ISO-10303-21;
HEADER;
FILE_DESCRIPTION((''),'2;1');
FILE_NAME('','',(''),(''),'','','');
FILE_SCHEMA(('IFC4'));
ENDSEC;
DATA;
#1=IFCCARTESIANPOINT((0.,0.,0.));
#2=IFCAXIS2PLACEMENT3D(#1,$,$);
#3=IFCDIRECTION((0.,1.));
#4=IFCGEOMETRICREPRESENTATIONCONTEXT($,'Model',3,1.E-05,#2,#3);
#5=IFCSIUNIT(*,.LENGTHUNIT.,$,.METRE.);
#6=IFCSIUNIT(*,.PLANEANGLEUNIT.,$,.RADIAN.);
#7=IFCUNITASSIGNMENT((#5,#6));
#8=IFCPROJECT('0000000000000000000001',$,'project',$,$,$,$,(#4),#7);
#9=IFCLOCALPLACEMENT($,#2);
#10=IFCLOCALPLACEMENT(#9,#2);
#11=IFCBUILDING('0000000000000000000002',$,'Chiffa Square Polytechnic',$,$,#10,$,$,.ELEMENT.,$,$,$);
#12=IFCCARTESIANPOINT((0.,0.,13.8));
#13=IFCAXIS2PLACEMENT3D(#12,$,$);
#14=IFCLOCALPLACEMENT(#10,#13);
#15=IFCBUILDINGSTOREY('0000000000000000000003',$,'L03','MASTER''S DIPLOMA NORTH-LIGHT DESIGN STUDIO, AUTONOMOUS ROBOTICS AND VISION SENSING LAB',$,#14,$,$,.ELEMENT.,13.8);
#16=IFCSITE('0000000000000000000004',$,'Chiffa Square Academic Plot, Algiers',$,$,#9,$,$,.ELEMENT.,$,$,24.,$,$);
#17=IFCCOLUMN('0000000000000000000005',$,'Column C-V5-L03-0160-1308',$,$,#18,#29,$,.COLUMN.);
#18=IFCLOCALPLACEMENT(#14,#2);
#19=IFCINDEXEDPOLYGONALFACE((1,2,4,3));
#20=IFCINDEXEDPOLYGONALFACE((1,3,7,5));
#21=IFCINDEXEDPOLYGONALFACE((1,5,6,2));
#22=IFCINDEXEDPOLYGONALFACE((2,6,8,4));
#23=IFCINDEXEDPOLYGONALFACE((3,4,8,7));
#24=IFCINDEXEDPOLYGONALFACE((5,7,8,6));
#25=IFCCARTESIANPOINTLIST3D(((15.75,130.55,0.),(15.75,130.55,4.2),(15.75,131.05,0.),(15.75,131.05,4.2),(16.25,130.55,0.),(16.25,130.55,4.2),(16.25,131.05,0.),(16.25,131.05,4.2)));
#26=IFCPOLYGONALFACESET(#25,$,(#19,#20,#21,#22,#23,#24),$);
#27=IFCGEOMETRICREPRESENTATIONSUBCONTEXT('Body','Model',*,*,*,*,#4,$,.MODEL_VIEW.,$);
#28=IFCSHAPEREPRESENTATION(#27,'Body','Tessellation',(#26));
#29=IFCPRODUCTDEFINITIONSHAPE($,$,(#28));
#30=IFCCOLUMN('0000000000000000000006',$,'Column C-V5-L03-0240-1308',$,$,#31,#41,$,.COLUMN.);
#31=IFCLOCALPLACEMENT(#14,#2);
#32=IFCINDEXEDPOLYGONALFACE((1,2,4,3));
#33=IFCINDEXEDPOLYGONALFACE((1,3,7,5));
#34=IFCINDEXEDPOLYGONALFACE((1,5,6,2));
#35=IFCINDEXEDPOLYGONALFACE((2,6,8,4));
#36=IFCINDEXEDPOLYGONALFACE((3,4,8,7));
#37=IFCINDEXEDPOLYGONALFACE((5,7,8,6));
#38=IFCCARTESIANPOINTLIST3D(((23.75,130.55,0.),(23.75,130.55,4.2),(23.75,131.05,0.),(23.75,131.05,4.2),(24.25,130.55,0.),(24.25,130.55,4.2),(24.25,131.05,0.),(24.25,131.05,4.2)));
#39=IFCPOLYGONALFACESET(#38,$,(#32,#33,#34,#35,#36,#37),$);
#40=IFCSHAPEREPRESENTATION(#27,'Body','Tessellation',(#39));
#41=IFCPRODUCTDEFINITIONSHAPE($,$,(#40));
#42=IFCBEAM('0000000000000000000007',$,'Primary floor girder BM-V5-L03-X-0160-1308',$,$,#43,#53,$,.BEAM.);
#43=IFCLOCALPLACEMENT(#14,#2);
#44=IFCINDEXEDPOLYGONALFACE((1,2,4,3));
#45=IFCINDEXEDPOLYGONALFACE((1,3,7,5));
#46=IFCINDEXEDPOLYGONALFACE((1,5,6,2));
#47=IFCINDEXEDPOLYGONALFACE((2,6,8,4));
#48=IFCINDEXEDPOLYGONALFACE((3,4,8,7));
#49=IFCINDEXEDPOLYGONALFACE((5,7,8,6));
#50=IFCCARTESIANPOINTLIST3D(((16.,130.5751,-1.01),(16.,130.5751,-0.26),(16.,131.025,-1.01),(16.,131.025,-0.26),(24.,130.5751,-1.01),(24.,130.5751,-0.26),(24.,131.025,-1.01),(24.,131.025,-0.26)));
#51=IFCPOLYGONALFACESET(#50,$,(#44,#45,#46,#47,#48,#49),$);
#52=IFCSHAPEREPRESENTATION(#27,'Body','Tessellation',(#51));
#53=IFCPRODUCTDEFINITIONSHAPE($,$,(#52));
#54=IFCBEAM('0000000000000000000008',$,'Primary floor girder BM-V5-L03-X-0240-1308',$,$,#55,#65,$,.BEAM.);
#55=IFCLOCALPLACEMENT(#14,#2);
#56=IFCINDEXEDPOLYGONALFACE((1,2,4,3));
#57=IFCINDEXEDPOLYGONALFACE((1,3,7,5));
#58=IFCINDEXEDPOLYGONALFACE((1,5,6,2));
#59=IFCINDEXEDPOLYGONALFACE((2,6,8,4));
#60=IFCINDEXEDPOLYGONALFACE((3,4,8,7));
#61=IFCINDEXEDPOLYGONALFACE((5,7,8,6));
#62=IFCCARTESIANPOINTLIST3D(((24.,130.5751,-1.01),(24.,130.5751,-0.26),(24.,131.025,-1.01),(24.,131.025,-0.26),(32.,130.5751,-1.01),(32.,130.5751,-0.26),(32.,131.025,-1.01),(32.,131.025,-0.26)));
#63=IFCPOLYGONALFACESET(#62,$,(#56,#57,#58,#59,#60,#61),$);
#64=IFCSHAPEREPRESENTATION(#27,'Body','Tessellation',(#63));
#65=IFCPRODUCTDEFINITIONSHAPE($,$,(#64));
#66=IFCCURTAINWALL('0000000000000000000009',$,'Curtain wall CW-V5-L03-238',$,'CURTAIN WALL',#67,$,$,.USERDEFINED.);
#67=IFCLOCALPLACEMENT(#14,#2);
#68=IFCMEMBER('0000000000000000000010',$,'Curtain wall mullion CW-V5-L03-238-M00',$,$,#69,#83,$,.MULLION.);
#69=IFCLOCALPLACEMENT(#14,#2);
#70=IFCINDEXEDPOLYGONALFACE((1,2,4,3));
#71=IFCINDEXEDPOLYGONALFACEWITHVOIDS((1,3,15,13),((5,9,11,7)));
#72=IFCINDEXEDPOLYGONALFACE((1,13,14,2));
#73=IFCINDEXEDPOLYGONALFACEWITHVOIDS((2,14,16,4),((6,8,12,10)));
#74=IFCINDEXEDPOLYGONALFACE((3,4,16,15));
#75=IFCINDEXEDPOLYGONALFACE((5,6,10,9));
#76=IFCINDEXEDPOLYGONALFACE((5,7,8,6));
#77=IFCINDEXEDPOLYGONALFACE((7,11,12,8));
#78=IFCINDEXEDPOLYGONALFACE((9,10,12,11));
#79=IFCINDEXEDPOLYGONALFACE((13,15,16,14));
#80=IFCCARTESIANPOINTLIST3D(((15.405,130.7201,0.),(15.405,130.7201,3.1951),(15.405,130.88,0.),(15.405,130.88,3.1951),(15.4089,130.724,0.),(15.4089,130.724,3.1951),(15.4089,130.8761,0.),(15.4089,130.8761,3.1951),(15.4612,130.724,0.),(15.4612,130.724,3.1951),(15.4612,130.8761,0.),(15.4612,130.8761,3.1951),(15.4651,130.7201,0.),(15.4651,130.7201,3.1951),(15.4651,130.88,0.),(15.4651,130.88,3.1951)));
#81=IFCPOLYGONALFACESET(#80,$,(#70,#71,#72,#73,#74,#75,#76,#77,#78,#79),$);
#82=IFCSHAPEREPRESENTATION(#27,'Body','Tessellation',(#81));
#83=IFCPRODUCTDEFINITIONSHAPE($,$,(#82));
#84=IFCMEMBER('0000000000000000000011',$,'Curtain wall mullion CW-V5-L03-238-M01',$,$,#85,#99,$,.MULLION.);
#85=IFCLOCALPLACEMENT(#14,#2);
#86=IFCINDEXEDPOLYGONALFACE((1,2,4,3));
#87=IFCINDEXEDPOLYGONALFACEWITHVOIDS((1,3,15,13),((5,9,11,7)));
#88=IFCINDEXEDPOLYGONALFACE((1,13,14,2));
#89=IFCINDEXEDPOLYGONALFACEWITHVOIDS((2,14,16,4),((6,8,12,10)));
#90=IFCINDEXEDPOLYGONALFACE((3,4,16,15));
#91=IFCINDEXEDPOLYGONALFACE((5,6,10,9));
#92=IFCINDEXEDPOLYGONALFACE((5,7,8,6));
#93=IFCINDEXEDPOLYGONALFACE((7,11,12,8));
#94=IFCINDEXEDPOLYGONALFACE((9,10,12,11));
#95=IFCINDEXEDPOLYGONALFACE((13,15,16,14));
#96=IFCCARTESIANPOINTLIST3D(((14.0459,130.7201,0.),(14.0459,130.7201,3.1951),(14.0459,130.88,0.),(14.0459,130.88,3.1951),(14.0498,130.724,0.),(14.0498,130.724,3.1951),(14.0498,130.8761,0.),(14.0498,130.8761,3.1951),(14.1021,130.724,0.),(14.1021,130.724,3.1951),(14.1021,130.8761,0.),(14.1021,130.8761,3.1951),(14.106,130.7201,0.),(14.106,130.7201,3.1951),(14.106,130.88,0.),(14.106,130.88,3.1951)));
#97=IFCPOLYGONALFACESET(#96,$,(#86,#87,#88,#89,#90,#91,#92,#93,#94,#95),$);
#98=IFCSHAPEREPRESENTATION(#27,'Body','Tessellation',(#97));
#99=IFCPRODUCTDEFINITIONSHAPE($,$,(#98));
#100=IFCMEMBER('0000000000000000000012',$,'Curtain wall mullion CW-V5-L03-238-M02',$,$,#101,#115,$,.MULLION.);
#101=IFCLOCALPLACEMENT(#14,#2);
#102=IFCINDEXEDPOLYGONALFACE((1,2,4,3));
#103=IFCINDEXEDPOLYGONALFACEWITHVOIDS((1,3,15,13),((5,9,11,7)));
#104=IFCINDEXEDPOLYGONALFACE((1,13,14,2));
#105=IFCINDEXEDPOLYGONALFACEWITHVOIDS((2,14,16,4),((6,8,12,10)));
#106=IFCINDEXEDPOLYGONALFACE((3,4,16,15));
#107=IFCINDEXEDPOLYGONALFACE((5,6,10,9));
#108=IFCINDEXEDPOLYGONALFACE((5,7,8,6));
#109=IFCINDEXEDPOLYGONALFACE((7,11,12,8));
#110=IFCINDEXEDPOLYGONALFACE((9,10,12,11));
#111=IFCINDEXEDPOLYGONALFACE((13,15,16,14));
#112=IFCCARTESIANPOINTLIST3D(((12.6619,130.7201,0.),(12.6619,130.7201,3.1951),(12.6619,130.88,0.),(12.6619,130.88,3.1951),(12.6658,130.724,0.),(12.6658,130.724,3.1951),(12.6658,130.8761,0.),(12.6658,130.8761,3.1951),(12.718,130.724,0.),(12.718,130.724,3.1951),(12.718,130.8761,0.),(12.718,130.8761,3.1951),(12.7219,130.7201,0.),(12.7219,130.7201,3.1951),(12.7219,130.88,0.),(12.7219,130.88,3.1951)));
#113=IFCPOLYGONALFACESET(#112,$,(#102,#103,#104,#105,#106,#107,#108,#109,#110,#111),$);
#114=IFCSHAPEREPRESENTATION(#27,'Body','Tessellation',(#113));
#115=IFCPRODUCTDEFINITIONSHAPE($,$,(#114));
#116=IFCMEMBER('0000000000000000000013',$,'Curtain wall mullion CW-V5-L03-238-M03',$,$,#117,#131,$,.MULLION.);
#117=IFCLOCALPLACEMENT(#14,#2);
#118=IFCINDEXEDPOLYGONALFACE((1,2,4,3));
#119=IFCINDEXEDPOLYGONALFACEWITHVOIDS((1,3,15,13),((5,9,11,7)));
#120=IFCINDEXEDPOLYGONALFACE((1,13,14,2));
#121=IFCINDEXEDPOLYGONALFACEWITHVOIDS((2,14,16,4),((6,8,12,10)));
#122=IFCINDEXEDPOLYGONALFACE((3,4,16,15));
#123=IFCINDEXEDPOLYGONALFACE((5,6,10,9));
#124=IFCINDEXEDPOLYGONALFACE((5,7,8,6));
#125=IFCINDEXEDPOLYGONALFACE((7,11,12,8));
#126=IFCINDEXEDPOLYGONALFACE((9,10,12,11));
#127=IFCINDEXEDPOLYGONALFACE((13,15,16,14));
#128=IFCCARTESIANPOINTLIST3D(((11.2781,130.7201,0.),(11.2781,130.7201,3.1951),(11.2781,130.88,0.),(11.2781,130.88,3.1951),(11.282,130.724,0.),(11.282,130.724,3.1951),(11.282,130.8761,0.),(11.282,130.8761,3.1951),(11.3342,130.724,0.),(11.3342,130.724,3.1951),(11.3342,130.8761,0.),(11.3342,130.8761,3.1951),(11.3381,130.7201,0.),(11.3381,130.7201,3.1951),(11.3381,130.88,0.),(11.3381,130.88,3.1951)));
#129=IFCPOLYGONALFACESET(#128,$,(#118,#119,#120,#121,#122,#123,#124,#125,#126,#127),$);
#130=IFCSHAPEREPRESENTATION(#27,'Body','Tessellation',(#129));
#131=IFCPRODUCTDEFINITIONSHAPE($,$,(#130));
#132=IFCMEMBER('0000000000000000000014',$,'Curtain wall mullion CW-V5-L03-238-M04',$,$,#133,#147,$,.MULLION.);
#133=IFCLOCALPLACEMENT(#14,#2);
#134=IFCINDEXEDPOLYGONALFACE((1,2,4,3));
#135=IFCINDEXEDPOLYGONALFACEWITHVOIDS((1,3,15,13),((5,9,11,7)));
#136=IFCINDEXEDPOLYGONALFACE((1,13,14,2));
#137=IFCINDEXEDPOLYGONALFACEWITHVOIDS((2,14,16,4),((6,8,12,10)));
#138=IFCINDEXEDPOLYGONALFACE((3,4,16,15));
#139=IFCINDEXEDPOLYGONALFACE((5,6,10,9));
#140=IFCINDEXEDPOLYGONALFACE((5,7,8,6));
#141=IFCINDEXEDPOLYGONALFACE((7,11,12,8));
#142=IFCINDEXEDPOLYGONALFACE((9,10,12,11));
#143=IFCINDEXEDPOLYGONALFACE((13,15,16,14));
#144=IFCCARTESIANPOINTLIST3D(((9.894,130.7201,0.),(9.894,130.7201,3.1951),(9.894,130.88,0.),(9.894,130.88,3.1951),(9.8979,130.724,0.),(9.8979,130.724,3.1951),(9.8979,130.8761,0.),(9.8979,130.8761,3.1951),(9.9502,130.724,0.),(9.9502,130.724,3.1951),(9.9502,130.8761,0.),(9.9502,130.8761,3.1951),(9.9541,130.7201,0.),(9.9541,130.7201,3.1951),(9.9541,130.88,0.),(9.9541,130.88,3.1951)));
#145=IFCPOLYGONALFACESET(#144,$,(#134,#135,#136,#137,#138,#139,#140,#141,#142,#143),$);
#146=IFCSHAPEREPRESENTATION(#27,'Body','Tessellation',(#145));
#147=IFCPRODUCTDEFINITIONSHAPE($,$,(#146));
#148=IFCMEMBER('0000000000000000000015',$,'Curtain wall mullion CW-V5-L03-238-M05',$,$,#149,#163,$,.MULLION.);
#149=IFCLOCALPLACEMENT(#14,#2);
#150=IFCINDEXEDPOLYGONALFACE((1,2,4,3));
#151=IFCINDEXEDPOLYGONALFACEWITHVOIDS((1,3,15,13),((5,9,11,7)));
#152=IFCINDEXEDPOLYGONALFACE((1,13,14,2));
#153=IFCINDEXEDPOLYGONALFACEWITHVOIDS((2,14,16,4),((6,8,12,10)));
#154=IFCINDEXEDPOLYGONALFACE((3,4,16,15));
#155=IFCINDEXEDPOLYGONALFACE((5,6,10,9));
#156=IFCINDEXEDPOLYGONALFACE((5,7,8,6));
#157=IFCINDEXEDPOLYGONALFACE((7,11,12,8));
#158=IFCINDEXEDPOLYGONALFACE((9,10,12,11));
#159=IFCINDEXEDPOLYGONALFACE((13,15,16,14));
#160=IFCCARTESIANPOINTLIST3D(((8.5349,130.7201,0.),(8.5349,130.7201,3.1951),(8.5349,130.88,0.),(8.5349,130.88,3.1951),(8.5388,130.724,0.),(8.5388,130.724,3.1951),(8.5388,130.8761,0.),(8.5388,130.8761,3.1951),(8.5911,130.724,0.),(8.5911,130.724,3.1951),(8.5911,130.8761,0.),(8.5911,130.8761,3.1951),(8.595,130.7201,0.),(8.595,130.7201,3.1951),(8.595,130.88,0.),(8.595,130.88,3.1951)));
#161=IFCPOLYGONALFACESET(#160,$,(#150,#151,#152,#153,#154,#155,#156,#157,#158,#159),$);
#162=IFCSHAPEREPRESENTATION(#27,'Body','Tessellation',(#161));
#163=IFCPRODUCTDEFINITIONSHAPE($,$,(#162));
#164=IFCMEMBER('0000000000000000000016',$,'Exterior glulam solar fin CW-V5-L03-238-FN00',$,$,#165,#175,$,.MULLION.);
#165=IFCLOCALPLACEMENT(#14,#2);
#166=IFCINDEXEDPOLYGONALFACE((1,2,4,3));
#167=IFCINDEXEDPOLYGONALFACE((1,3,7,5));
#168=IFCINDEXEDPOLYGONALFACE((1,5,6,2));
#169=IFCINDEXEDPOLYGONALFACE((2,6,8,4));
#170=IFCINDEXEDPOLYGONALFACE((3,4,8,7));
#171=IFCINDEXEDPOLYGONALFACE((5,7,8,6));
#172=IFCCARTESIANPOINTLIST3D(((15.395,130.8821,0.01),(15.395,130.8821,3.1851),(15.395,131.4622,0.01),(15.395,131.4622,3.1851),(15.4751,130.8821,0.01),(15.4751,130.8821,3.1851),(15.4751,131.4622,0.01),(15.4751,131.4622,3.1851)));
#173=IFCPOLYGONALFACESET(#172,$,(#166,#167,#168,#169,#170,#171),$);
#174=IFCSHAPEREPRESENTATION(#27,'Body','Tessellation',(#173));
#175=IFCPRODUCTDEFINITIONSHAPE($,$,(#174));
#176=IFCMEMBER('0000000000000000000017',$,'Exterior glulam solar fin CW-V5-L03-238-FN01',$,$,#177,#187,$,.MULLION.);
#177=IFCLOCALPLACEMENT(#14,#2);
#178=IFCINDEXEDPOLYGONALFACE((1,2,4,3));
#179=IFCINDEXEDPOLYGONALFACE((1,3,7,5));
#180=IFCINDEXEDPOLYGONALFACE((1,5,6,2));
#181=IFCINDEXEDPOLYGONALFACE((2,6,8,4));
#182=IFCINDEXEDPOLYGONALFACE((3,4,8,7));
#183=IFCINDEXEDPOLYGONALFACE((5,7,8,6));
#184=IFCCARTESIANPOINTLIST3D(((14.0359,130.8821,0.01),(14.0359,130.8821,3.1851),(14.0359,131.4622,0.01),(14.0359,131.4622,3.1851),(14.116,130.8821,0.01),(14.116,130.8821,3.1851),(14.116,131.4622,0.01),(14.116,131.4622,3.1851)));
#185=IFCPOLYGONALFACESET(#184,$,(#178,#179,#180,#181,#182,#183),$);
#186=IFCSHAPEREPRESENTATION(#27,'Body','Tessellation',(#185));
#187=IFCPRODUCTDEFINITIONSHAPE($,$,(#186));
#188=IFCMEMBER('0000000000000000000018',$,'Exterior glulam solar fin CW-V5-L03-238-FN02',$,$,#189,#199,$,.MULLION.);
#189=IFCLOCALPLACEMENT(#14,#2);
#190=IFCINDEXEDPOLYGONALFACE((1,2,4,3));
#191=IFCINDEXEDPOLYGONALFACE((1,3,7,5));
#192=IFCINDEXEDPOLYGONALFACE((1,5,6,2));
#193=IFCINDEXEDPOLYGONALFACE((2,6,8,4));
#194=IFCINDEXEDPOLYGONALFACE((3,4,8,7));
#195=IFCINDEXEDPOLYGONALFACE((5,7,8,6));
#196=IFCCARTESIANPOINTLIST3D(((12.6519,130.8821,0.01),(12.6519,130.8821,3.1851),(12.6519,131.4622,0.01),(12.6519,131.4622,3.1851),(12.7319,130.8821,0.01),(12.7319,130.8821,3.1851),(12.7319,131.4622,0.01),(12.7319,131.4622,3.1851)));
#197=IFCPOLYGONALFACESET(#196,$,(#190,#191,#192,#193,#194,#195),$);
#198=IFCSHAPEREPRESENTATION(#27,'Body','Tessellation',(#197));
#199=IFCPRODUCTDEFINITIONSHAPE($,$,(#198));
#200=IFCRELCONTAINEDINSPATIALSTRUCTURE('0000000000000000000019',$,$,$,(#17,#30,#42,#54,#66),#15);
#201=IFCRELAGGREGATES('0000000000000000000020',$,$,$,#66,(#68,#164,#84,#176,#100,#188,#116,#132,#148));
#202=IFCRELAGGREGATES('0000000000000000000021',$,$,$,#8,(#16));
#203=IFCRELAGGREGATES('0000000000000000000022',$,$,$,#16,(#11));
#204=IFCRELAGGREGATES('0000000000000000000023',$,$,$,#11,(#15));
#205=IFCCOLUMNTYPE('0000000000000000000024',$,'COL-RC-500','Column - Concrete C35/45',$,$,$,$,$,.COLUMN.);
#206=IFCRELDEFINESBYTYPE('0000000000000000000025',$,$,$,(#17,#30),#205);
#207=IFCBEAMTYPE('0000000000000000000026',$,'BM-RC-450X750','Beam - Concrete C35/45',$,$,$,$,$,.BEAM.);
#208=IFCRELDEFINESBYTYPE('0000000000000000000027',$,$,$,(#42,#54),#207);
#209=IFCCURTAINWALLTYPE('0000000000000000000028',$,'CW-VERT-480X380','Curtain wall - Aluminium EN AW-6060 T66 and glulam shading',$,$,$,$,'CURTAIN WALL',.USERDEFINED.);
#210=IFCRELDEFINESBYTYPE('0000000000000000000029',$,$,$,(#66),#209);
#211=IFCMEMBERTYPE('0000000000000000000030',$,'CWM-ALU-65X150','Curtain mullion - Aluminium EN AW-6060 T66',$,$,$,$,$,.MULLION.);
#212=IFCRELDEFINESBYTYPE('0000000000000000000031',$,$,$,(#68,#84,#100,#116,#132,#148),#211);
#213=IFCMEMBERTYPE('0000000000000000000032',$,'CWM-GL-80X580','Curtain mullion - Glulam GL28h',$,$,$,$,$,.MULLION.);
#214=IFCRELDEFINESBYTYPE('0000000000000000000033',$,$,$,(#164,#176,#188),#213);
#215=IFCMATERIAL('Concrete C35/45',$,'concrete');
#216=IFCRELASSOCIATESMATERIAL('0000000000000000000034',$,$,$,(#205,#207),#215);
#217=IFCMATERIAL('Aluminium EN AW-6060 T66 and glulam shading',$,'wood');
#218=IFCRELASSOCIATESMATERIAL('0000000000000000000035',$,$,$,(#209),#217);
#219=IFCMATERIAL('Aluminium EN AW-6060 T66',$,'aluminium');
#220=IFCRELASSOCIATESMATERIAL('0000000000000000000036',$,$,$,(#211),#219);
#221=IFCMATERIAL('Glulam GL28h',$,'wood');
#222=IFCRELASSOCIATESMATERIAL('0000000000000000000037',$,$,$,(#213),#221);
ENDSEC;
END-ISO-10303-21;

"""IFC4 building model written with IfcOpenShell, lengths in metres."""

from ifc_helpers import new_model, si_unit, direction, frame, origin, origin_2d, place, context, subcontext, project, spatial, rectangle, hollow_rectangle, extrude, material, material_profile, profile_set, type_object, element, aggregate, save


model = new_model("IFC4")

# Units and contexts
model_context = context("Model", 3, precision=1e-05, world=origin(), true_north=direction((0.0, 1.0)))
body_context = subcontext(model_context, "Body", "Model", "MODEL_VIEW")
ifc_project = project(units=[si_unit("LENGTHUNIT", "METRE"), si_unit("PLANEANGLEUNIT", "RADIAN")], contexts=[model_context])

# Site, building, storey
site_placement = place(None, origin())
site = spatial("IfcSite", under=ifc_project, at=site_placement, Name="Chiffa Square Academic Plot, Algiers", CompositionType="ELEMENT", RefElevation=24.0)
building_placement = place(site_placement, origin())
building = spatial("IfcBuilding", under=site, at=building_placement, Name="Chiffa Square Polytechnic", CompositionType="ELEMENT")
storey_placement = place(building_placement, frame((0.0, 0.0, 13.8)))
storey = spatial("IfcBuildingStorey", under=building, at=storey_placement, Name="L03", Description="MASTER'S DIPLOMA NORTH-LIGHT DESIGN STUDIO, AUTONOMOUS ROBOTICS AND VISION SENSING LAB", CompositionType="ELEMENT", Elevation=13.8)

# Columns
ifc_material_1 = material(Name="Concrete C35/45", Category="concrete")
ifc_material_profile_1 = material_profile(ifc_material_1, rectangle(XDim=0.5, YDim=0.5, at=origin_2d()), Name="RC 500x500")
ifc_profile_set_1 = profile_set([ifc_material_profile_1], Name="Concrete C35/45")
column_type = type_object("IfcColumnType", Name="COL-RC-500", Description="Column - Concrete C35/45", PredefinedType="COLUMN", material=ifc_profile_set_1)
for number, where, z_axis, x_axis, name in (
    (1, (16.0, 130.8, 0.0), (0.0, 0.0, 1.0), (1.0, 0.0, 0.0), "Column C-V5-L03-0160-1308"),
    (2, (24.0, 130.8, 0.0), (0.0, 0.0, 1.0), (1.0, 0.0, 0.0), "Column C-V5-L03-0240-1308"),
):
    element("IfcColumn", number, at=place(storey_placement, frame(where, z_axis=z_axis, x_axis=x_axis)), inside=storey, type_object=column_type, Name=name, PredefinedType="COLUMN", context=body_context, shape_type="SweptSolid", body=[
        extrude(rectangle(XDim=0.5, YDim=0.5, at=origin_2d()), origin(), (0.0, 0.0, 1.0), 4.2),
    ])

# Beams
ifc_material_profile_2 = material_profile(ifc_material_1, rectangle(XDim=0.45, YDim=0.75, at=origin_2d()), Name="RC 450x750")
ifc_profile_set_2 = profile_set([ifc_material_profile_2], Name="Concrete C35/45")
beam_type_1 = type_object("IfcBeamType", Name="BM-RC-450X750", Description="Beam - Concrete C35/45", PredefinedType="BEAM", material=ifc_profile_set_2)
for number, where, z_axis, x_axis, name in (
    (3, (16.0, 130.8, -0.635), (1.0, 0.0, 0.0), (0.0, 1.0, 0.0), "Primary floor girder BM-V5-L03-X-0160-1308"),
    (4, (24.0, 130.8, -0.635), (1.0, 0.0, 0.0), (0.0, 1.0, 0.0), "Primary floor girder BM-V5-L03-X-0240-1308"),
):
    element("IfcBeam", number, at=place(storey_placement, frame(where, z_axis=z_axis, x_axis=x_axis)), inside=storey, type_object=beam_type_1, Name=name, PredefinedType="BEAM", context=body_context, shape_type="SweptSolid", body=[
        extrude(rectangle(XDim=0.45, YDim=0.75, at=origin_2d()), origin(), (0.0, 0.0, 1.0), 8.0),
    ])

# Curtain wall, members
ifc_material_2 = material(Name="Aluminium EN AW-6060 T66 and glulam shading", Category="wood")
curtain_wall_type = type_object("IfcCurtainWallType", Name="CW-VERT-480X380", Description="Curtain wall - Aluminium EN AW-6060 T66 and glulam shading", ElementType="CURTAIN WALL", PredefinedType="USERDEFINED", material=ifc_material_2)
curtain_wall_placement = place(storey_placement, origin())
curtain_wall = element("IfcCurtainWall", 5, at=curtain_wall_placement, inside=storey, type_object=curtain_wall_type, Name="Curtain wall CW-V5-L03-238", ObjectType="CURTAIN WALL", PredefinedType="USERDEFINED")
ifc_material_3 = material(Name="Aluminium EN AW-6060 T66", Category="aluminium")
ifc_material_profile_3 = material_profile(ifc_material_3, hollow_rectangle(XDim=0.0601, YDim=0.1599, WallThickness=0.0039, at=origin_2d()), Name="ALU 60x160x4")
ifc_profile_set_3 = profile_set([ifc_material_profile_3], Name="Aluminium EN AW-6060 T66")
member_type_1 = type_object("IfcMemberType", Name="CWM-ALU-65X150", Description="Curtain mullion - Aluminium EN AW-6060 T66", PredefinedType="MULLION", material=ifc_profile_set_3)
member_1_placement = place(storey_placement, frame((15.4351, 130.8, 0.0), z_axis=(0.0, 0.0, 1.0), x_axis=(1.0, 0.0, 0.0)))
member_1 = element("IfcMember", 6, at=member_1_placement, type_object=member_type_1, Name="Curtain wall mullion CW-V5-L03-238-M00", PredefinedType="MULLION", context=body_context, shape_type="SweptSolid", body=[
    extrude(hollow_rectangle(XDim=0.0601, YDim=0.1599, WallThickness=0.0039, at=origin_2d()), origin(), (0.0, 0.0, 1.0), 3.1951),
])
member_2_placement = place(storey_placement, frame((14.0759, 130.8, 0.0), z_axis=(0.0, 0.0, 1.0), x_axis=(1.0, 0.0, 0.0)))
member_2 = element("IfcMember", 7, at=member_2_placement, type_object=member_type_1, Name="Curtain wall mullion CW-V5-L03-238-M01", PredefinedType="MULLION", context=body_context, shape_type="SweptSolid", body=[
    extrude(hollow_rectangle(XDim=0.0601, YDim=0.1599, WallThickness=0.0039, at=origin_2d()), origin(), (0.0, 0.0, 1.0), 3.1951),
])
member_3_placement = place(storey_placement, frame((12.6919, 130.8, 0.0), z_axis=(0.0, 0.0, 1.0), x_axis=(1.0, 0.0, 0.0)))
member_3 = element("IfcMember", 8, at=member_3_placement, type_object=member_type_1, Name="Curtain wall mullion CW-V5-L03-238-M02", PredefinedType="MULLION", context=body_context, shape_type="SweptSolid", body=[
    extrude(hollow_rectangle(XDim=0.0601, YDim=0.1599, WallThickness=0.0039, at=origin_2d()), origin(), (0.0, 0.0, 1.0), 3.1951),
])
member_4_placement = place(storey_placement, frame((11.3081, 130.8, 0.0), z_axis=(0.0, 0.0, 1.0), x_axis=(1.0, 0.0, 0.0)))
member_4 = element("IfcMember", 9, at=member_4_placement, type_object=member_type_1, Name="Curtain wall mullion CW-V5-L03-238-M03", PredefinedType="MULLION", context=body_context, shape_type="SweptSolid", body=[
    extrude(hollow_rectangle(XDim=0.0601, YDim=0.1599, WallThickness=0.0039, at=origin_2d()), origin(), (0.0, 0.0, 1.0), 3.1951),
])
member_5_placement = place(storey_placement, frame((9.9241, 130.8, 0.0), z_axis=(0.0, 0.0, 1.0), x_axis=(1.0, 0.0, 0.0)))
member_5 = element("IfcMember", 10, at=member_5_placement, type_object=member_type_1, Name="Curtain wall mullion CW-V5-L03-238-M04", PredefinedType="MULLION", context=body_context, shape_type="SweptSolid", body=[
    extrude(hollow_rectangle(XDim=0.0601, YDim=0.1599, WallThickness=0.0039, at=origin_2d()), origin(), (0.0, 0.0, 1.0), 3.1951),
])
member_6_placement = place(storey_placement, frame((8.5649, 130.8, 0.0), z_axis=(0.0, 0.0, 1.0), x_axis=(1.0, 0.0, 0.0)))
member_6 = element("IfcMember", 11, at=member_6_placement, type_object=member_type_1, Name="Curtain wall mullion CW-V5-L03-238-M05", PredefinedType="MULLION", context=body_context, shape_type="SweptSolid", body=[
    extrude(hollow_rectangle(XDim=0.0601, YDim=0.1599, WallThickness=0.0039, at=origin_2d()), origin(), (0.0, 0.0, 1.0), 3.1951),
])
ifc_material_4 = material(Name="Glulam GL28h", Category="wood")
ifc_material_profile_4 = material_profile(ifc_material_4, rectangle(XDim=0.0801, YDim=0.5801, at=origin_2d()), Name="GL28h 80x580")
ifc_profile_set_4 = profile_set([ifc_material_profile_4], Name="Glulam GL28h")
member_type_2 = type_object("IfcMemberType", Name="CWM-GL-80X580", Description="Curtain mullion - Glulam GL28h", PredefinedType="MULLION", material=ifc_profile_set_4)
member_7_placement = place(storey_placement, frame((15.4351, 131.1721, 0.01), z_axis=(0.0, 0.0, 1.0), x_axis=(-1.0, 0.0, 0.0)))
member_7 = element("IfcMember", 12, at=member_7_placement, type_object=member_type_2, Name="Exterior glulam solar fin CW-V5-L03-238-FN00", PredefinedType="MULLION", context=body_context, shape_type="SweptSolid", body=[
    extrude(rectangle(XDim=0.0801, YDim=0.5801, at=origin_2d()), origin(), (0.0, 0.0, 1.0), 3.175),
])
member_8_placement = place(storey_placement, frame((14.0759, 131.1721, 0.01), z_axis=(0.0, 0.0, 1.0), x_axis=(-1.0, 0.0, 0.0)))
member_8 = element("IfcMember", 13, at=member_8_placement, type_object=member_type_2, Name="Exterior glulam solar fin CW-V5-L03-238-FN01", PredefinedType="MULLION", context=body_context, shape_type="SweptSolid", body=[
    extrude(rectangle(XDim=0.0801, YDim=0.5801, at=origin_2d()), origin(), (0.0, 0.0, 1.0), 3.175),
])
member_9_placement = place(storey_placement, frame((12.6919, 131.1721, 0.01), z_axis=(0.0, 0.0, 1.0), x_axis=(-1.0, 0.0, 0.0)))
member_9 = element("IfcMember", 14, at=member_9_placement, type_object=member_type_2, Name="Exterior glulam solar fin CW-V5-L03-238-FN02", PredefinedType="MULLION", context=body_context, shape_type="SweptSolid", body=[
    extrude(rectangle(XDim=0.0801, YDim=0.5801, at=origin_2d()), origin(), (0.0, 0.0, 1.0), 3.175),
])

aggregate(curtain_wall, [member_1, member_7, member_2, member_8, member_3, member_9, member_4, member_5, member_6])

save(model, "model.ifc")
